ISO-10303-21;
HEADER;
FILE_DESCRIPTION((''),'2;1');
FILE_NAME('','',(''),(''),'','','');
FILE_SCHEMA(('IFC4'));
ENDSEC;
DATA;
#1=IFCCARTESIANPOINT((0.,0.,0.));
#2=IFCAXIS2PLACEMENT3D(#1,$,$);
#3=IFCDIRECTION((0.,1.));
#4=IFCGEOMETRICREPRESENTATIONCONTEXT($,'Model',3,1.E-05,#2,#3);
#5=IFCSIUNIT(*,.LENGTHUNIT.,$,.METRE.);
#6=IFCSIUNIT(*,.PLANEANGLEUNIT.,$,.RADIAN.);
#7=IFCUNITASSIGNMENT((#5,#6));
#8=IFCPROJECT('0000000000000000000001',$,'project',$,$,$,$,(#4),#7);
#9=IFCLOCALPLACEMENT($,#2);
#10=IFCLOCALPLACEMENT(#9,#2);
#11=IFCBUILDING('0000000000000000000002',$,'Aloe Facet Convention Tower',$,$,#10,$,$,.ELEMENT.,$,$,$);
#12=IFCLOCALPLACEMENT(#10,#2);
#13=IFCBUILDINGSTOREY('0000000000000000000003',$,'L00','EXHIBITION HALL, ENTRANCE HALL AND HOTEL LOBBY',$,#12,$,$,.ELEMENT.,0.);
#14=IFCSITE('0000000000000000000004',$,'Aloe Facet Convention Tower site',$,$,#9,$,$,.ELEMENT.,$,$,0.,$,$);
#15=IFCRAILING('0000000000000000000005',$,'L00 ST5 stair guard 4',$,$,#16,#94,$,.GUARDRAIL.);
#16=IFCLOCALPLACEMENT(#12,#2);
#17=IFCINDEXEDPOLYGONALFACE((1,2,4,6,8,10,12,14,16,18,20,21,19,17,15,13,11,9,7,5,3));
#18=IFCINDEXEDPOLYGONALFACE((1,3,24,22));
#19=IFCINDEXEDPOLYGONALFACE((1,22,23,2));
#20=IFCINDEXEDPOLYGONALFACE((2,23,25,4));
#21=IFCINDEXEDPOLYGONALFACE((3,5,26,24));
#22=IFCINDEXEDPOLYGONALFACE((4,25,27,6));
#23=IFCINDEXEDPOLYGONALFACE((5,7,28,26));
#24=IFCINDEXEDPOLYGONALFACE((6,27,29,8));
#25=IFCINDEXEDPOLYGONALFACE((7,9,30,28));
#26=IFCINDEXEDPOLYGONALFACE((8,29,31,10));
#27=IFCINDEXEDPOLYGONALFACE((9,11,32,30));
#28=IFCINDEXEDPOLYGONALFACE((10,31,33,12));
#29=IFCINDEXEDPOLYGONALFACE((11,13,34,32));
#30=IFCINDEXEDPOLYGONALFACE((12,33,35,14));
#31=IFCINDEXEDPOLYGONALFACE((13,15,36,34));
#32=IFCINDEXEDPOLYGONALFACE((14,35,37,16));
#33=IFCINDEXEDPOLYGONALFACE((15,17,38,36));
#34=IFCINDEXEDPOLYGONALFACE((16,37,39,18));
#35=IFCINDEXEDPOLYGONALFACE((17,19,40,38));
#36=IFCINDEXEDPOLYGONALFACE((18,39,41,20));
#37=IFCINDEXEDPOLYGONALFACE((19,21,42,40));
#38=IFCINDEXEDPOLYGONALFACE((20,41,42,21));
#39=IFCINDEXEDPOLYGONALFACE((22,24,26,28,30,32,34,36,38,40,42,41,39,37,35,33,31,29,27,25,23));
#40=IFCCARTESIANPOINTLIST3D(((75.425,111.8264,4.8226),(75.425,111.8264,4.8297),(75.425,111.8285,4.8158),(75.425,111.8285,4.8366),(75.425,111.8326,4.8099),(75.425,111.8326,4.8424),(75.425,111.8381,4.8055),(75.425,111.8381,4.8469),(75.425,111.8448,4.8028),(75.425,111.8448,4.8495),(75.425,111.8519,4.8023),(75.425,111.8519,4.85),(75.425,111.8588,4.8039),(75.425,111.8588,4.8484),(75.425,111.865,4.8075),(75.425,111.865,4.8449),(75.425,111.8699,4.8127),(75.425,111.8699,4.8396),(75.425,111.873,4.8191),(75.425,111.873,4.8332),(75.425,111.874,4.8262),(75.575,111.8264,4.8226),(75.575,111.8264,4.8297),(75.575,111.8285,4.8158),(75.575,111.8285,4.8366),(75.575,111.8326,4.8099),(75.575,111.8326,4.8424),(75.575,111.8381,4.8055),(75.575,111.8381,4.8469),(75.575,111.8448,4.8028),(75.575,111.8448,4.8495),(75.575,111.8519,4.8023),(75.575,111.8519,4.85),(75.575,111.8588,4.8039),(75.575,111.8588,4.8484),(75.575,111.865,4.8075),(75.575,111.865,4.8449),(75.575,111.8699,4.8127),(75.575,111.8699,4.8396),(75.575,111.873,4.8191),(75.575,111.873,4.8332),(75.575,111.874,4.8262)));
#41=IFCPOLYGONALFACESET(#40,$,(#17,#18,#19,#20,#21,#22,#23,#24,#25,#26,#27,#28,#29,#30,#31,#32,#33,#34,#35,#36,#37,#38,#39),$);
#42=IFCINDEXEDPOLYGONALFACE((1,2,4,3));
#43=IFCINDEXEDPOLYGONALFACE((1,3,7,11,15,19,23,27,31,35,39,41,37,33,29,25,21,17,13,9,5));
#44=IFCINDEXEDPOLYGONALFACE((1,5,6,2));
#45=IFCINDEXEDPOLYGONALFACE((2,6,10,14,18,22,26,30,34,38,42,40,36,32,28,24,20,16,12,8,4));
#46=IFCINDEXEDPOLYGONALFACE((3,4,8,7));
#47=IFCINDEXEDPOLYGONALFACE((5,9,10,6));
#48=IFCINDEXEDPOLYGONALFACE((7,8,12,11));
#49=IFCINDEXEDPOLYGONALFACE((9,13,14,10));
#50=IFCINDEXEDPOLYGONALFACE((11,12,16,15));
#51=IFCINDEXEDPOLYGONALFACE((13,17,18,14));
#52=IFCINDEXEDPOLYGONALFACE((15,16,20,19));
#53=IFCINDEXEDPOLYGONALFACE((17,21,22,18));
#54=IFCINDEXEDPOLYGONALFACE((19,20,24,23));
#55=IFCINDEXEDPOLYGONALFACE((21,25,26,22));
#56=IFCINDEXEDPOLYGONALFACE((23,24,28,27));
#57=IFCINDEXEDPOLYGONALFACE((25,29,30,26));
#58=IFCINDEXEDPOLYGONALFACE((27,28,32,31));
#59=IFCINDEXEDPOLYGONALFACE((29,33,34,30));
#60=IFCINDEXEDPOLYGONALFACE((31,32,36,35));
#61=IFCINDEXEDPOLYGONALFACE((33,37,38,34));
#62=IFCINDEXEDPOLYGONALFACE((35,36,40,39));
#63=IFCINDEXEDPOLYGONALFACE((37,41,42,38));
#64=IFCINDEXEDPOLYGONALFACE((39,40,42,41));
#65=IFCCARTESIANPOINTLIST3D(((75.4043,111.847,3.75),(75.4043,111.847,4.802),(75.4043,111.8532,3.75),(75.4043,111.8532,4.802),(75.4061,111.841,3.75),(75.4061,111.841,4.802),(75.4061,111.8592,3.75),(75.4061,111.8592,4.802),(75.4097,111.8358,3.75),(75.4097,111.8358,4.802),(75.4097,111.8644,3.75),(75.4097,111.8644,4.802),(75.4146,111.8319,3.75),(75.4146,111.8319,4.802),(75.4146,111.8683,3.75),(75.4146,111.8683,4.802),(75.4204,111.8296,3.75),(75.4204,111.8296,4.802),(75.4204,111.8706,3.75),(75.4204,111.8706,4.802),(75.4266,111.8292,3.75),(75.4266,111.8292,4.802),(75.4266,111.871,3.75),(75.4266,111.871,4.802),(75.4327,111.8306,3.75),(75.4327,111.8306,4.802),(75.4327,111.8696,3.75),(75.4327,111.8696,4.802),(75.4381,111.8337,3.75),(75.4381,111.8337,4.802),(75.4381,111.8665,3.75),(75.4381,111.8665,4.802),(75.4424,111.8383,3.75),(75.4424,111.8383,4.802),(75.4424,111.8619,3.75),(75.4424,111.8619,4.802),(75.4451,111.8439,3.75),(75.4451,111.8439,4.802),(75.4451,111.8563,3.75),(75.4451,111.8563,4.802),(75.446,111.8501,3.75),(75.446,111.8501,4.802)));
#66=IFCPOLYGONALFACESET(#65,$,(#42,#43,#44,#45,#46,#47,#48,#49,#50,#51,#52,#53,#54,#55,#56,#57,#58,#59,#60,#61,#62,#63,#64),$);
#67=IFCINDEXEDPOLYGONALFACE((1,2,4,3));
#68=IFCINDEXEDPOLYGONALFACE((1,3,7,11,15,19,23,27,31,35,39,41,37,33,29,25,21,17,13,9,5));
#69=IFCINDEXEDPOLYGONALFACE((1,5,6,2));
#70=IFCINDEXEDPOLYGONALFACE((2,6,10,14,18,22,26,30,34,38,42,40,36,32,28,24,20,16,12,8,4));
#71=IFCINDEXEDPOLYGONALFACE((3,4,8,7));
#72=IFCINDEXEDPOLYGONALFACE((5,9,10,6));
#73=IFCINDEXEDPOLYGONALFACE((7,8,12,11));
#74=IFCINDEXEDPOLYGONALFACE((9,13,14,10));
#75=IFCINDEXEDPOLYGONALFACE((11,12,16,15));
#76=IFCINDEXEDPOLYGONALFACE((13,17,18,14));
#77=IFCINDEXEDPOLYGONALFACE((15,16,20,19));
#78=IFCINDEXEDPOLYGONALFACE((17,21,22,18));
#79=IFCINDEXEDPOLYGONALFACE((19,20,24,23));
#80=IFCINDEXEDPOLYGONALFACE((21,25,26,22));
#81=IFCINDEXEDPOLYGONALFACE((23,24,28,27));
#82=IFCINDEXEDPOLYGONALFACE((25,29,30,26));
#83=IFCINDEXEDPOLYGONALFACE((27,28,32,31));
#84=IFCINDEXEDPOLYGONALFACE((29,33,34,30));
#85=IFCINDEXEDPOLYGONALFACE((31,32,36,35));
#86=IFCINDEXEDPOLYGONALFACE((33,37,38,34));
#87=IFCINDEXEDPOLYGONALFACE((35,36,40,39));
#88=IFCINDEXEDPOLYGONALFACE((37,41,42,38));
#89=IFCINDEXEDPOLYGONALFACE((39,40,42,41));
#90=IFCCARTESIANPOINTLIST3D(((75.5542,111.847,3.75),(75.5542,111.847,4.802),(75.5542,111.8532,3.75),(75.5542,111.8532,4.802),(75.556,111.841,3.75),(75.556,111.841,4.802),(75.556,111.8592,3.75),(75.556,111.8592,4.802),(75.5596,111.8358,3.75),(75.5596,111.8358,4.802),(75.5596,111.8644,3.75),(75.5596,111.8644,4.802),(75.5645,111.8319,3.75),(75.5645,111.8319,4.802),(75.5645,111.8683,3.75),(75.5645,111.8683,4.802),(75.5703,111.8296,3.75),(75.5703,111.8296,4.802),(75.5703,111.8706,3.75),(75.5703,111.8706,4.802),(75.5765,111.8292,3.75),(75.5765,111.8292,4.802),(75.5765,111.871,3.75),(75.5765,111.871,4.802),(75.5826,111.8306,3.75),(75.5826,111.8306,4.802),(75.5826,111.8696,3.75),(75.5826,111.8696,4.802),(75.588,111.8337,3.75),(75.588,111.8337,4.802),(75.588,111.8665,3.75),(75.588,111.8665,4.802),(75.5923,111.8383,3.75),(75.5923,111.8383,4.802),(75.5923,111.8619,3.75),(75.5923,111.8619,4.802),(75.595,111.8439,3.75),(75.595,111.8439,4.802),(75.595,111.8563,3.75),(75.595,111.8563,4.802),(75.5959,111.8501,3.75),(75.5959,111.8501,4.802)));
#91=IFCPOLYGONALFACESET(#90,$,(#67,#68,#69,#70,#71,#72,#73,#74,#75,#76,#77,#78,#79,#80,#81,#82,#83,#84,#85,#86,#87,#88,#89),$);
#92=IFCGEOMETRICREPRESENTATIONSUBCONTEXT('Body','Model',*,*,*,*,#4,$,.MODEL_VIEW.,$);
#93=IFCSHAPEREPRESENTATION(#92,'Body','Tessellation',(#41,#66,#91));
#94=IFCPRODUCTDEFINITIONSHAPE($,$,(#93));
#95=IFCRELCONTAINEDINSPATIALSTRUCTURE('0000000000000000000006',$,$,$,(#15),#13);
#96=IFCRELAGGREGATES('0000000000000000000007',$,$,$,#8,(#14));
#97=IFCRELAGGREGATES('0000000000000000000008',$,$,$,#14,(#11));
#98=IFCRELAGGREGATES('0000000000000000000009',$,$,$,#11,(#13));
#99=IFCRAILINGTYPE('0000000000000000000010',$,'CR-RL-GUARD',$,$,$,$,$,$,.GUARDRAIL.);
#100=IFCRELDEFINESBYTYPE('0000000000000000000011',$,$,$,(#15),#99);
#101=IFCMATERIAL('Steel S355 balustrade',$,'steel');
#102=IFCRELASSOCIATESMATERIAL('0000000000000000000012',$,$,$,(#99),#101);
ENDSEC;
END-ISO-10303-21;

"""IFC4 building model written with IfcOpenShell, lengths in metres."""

from ifc_helpers import new_model, si_unit, direction, frame, origin, origin_2d, place, context, subcontext, project, spatial, circle, extrude, material, type_object, element, save


model = new_model("IFC4")

# Units and contexts
model_context = context("Model", 3, precision=1e-05, world=origin(), true_north=direction((0.0, 1.0)))
body_context = subcontext(model_context, "Body", "Model", "MODEL_VIEW")
ifc_project = project(units=[si_unit("LENGTHUNIT", "METRE"), si_unit("PLANEANGLEUNIT", "RADIAN")], contexts=[model_context])

# Site, building, storey
site_placement = place(None, origin())
site = spatial("IfcSite", under=ifc_project, at=site_placement, Name="Aloe Facet Convention Tower site", CompositionType="ELEMENT", RefElevation=0.0)
building_placement = place(site_placement, origin())
building = spatial("IfcBuilding", under=site, at=building_placement, Name="Aloe Facet Convention Tower", CompositionType="ELEMENT")
storey_placement = place(building_placement, origin())
storey = spatial("IfcBuildingStorey", under=building, at=storey_placement, Name="L00", Description="EXHIBITION HALL, ENTRANCE HALL AND HOTEL LOBBY", CompositionType="ELEMENT", Elevation=0.0)

# Railing
ifc_material_1 = material(Name="Steel S355 balustrade", Category="steel")
railing_type_1 = type_object("IfcRailingType", Name="CR-RL-GUARD", PredefinedType="GUARDRAIL", material=ifc_material_1)
railing_1_placement = place(storey_placement, frame((75.425, 111.8501, 3.75)))
element("IfcRailing", 1, at=railing_1_placement, inside=storey, type_object=railing_type_1, Name="L00 ST5 stair guard 4", PredefinedType="GUARDRAIL", context=body_context, shape_type="SweptSolid", body=[
    extrude(circle(Radius=0.0239, at=origin_2d()), frame((0.0, 0.0, 1.0762), z_axis=(1.0, 0.0, 0.0), x_axis=(0.0, 1.0, 0.0)), (0.0, 0.0, 1.0), 0.1499),
    extrude(circle(Radius=0.021, at=origin_2d()), origin(), (0.0, 0.0, 1.0), 1.052),
    extrude(circle(Radius=0.021, at=origin_2d()), frame((0.1499, 0.0, 0.0)), (0.0, 0.0, 1.0), 1.052),
])

save(model, "model.ifc")
